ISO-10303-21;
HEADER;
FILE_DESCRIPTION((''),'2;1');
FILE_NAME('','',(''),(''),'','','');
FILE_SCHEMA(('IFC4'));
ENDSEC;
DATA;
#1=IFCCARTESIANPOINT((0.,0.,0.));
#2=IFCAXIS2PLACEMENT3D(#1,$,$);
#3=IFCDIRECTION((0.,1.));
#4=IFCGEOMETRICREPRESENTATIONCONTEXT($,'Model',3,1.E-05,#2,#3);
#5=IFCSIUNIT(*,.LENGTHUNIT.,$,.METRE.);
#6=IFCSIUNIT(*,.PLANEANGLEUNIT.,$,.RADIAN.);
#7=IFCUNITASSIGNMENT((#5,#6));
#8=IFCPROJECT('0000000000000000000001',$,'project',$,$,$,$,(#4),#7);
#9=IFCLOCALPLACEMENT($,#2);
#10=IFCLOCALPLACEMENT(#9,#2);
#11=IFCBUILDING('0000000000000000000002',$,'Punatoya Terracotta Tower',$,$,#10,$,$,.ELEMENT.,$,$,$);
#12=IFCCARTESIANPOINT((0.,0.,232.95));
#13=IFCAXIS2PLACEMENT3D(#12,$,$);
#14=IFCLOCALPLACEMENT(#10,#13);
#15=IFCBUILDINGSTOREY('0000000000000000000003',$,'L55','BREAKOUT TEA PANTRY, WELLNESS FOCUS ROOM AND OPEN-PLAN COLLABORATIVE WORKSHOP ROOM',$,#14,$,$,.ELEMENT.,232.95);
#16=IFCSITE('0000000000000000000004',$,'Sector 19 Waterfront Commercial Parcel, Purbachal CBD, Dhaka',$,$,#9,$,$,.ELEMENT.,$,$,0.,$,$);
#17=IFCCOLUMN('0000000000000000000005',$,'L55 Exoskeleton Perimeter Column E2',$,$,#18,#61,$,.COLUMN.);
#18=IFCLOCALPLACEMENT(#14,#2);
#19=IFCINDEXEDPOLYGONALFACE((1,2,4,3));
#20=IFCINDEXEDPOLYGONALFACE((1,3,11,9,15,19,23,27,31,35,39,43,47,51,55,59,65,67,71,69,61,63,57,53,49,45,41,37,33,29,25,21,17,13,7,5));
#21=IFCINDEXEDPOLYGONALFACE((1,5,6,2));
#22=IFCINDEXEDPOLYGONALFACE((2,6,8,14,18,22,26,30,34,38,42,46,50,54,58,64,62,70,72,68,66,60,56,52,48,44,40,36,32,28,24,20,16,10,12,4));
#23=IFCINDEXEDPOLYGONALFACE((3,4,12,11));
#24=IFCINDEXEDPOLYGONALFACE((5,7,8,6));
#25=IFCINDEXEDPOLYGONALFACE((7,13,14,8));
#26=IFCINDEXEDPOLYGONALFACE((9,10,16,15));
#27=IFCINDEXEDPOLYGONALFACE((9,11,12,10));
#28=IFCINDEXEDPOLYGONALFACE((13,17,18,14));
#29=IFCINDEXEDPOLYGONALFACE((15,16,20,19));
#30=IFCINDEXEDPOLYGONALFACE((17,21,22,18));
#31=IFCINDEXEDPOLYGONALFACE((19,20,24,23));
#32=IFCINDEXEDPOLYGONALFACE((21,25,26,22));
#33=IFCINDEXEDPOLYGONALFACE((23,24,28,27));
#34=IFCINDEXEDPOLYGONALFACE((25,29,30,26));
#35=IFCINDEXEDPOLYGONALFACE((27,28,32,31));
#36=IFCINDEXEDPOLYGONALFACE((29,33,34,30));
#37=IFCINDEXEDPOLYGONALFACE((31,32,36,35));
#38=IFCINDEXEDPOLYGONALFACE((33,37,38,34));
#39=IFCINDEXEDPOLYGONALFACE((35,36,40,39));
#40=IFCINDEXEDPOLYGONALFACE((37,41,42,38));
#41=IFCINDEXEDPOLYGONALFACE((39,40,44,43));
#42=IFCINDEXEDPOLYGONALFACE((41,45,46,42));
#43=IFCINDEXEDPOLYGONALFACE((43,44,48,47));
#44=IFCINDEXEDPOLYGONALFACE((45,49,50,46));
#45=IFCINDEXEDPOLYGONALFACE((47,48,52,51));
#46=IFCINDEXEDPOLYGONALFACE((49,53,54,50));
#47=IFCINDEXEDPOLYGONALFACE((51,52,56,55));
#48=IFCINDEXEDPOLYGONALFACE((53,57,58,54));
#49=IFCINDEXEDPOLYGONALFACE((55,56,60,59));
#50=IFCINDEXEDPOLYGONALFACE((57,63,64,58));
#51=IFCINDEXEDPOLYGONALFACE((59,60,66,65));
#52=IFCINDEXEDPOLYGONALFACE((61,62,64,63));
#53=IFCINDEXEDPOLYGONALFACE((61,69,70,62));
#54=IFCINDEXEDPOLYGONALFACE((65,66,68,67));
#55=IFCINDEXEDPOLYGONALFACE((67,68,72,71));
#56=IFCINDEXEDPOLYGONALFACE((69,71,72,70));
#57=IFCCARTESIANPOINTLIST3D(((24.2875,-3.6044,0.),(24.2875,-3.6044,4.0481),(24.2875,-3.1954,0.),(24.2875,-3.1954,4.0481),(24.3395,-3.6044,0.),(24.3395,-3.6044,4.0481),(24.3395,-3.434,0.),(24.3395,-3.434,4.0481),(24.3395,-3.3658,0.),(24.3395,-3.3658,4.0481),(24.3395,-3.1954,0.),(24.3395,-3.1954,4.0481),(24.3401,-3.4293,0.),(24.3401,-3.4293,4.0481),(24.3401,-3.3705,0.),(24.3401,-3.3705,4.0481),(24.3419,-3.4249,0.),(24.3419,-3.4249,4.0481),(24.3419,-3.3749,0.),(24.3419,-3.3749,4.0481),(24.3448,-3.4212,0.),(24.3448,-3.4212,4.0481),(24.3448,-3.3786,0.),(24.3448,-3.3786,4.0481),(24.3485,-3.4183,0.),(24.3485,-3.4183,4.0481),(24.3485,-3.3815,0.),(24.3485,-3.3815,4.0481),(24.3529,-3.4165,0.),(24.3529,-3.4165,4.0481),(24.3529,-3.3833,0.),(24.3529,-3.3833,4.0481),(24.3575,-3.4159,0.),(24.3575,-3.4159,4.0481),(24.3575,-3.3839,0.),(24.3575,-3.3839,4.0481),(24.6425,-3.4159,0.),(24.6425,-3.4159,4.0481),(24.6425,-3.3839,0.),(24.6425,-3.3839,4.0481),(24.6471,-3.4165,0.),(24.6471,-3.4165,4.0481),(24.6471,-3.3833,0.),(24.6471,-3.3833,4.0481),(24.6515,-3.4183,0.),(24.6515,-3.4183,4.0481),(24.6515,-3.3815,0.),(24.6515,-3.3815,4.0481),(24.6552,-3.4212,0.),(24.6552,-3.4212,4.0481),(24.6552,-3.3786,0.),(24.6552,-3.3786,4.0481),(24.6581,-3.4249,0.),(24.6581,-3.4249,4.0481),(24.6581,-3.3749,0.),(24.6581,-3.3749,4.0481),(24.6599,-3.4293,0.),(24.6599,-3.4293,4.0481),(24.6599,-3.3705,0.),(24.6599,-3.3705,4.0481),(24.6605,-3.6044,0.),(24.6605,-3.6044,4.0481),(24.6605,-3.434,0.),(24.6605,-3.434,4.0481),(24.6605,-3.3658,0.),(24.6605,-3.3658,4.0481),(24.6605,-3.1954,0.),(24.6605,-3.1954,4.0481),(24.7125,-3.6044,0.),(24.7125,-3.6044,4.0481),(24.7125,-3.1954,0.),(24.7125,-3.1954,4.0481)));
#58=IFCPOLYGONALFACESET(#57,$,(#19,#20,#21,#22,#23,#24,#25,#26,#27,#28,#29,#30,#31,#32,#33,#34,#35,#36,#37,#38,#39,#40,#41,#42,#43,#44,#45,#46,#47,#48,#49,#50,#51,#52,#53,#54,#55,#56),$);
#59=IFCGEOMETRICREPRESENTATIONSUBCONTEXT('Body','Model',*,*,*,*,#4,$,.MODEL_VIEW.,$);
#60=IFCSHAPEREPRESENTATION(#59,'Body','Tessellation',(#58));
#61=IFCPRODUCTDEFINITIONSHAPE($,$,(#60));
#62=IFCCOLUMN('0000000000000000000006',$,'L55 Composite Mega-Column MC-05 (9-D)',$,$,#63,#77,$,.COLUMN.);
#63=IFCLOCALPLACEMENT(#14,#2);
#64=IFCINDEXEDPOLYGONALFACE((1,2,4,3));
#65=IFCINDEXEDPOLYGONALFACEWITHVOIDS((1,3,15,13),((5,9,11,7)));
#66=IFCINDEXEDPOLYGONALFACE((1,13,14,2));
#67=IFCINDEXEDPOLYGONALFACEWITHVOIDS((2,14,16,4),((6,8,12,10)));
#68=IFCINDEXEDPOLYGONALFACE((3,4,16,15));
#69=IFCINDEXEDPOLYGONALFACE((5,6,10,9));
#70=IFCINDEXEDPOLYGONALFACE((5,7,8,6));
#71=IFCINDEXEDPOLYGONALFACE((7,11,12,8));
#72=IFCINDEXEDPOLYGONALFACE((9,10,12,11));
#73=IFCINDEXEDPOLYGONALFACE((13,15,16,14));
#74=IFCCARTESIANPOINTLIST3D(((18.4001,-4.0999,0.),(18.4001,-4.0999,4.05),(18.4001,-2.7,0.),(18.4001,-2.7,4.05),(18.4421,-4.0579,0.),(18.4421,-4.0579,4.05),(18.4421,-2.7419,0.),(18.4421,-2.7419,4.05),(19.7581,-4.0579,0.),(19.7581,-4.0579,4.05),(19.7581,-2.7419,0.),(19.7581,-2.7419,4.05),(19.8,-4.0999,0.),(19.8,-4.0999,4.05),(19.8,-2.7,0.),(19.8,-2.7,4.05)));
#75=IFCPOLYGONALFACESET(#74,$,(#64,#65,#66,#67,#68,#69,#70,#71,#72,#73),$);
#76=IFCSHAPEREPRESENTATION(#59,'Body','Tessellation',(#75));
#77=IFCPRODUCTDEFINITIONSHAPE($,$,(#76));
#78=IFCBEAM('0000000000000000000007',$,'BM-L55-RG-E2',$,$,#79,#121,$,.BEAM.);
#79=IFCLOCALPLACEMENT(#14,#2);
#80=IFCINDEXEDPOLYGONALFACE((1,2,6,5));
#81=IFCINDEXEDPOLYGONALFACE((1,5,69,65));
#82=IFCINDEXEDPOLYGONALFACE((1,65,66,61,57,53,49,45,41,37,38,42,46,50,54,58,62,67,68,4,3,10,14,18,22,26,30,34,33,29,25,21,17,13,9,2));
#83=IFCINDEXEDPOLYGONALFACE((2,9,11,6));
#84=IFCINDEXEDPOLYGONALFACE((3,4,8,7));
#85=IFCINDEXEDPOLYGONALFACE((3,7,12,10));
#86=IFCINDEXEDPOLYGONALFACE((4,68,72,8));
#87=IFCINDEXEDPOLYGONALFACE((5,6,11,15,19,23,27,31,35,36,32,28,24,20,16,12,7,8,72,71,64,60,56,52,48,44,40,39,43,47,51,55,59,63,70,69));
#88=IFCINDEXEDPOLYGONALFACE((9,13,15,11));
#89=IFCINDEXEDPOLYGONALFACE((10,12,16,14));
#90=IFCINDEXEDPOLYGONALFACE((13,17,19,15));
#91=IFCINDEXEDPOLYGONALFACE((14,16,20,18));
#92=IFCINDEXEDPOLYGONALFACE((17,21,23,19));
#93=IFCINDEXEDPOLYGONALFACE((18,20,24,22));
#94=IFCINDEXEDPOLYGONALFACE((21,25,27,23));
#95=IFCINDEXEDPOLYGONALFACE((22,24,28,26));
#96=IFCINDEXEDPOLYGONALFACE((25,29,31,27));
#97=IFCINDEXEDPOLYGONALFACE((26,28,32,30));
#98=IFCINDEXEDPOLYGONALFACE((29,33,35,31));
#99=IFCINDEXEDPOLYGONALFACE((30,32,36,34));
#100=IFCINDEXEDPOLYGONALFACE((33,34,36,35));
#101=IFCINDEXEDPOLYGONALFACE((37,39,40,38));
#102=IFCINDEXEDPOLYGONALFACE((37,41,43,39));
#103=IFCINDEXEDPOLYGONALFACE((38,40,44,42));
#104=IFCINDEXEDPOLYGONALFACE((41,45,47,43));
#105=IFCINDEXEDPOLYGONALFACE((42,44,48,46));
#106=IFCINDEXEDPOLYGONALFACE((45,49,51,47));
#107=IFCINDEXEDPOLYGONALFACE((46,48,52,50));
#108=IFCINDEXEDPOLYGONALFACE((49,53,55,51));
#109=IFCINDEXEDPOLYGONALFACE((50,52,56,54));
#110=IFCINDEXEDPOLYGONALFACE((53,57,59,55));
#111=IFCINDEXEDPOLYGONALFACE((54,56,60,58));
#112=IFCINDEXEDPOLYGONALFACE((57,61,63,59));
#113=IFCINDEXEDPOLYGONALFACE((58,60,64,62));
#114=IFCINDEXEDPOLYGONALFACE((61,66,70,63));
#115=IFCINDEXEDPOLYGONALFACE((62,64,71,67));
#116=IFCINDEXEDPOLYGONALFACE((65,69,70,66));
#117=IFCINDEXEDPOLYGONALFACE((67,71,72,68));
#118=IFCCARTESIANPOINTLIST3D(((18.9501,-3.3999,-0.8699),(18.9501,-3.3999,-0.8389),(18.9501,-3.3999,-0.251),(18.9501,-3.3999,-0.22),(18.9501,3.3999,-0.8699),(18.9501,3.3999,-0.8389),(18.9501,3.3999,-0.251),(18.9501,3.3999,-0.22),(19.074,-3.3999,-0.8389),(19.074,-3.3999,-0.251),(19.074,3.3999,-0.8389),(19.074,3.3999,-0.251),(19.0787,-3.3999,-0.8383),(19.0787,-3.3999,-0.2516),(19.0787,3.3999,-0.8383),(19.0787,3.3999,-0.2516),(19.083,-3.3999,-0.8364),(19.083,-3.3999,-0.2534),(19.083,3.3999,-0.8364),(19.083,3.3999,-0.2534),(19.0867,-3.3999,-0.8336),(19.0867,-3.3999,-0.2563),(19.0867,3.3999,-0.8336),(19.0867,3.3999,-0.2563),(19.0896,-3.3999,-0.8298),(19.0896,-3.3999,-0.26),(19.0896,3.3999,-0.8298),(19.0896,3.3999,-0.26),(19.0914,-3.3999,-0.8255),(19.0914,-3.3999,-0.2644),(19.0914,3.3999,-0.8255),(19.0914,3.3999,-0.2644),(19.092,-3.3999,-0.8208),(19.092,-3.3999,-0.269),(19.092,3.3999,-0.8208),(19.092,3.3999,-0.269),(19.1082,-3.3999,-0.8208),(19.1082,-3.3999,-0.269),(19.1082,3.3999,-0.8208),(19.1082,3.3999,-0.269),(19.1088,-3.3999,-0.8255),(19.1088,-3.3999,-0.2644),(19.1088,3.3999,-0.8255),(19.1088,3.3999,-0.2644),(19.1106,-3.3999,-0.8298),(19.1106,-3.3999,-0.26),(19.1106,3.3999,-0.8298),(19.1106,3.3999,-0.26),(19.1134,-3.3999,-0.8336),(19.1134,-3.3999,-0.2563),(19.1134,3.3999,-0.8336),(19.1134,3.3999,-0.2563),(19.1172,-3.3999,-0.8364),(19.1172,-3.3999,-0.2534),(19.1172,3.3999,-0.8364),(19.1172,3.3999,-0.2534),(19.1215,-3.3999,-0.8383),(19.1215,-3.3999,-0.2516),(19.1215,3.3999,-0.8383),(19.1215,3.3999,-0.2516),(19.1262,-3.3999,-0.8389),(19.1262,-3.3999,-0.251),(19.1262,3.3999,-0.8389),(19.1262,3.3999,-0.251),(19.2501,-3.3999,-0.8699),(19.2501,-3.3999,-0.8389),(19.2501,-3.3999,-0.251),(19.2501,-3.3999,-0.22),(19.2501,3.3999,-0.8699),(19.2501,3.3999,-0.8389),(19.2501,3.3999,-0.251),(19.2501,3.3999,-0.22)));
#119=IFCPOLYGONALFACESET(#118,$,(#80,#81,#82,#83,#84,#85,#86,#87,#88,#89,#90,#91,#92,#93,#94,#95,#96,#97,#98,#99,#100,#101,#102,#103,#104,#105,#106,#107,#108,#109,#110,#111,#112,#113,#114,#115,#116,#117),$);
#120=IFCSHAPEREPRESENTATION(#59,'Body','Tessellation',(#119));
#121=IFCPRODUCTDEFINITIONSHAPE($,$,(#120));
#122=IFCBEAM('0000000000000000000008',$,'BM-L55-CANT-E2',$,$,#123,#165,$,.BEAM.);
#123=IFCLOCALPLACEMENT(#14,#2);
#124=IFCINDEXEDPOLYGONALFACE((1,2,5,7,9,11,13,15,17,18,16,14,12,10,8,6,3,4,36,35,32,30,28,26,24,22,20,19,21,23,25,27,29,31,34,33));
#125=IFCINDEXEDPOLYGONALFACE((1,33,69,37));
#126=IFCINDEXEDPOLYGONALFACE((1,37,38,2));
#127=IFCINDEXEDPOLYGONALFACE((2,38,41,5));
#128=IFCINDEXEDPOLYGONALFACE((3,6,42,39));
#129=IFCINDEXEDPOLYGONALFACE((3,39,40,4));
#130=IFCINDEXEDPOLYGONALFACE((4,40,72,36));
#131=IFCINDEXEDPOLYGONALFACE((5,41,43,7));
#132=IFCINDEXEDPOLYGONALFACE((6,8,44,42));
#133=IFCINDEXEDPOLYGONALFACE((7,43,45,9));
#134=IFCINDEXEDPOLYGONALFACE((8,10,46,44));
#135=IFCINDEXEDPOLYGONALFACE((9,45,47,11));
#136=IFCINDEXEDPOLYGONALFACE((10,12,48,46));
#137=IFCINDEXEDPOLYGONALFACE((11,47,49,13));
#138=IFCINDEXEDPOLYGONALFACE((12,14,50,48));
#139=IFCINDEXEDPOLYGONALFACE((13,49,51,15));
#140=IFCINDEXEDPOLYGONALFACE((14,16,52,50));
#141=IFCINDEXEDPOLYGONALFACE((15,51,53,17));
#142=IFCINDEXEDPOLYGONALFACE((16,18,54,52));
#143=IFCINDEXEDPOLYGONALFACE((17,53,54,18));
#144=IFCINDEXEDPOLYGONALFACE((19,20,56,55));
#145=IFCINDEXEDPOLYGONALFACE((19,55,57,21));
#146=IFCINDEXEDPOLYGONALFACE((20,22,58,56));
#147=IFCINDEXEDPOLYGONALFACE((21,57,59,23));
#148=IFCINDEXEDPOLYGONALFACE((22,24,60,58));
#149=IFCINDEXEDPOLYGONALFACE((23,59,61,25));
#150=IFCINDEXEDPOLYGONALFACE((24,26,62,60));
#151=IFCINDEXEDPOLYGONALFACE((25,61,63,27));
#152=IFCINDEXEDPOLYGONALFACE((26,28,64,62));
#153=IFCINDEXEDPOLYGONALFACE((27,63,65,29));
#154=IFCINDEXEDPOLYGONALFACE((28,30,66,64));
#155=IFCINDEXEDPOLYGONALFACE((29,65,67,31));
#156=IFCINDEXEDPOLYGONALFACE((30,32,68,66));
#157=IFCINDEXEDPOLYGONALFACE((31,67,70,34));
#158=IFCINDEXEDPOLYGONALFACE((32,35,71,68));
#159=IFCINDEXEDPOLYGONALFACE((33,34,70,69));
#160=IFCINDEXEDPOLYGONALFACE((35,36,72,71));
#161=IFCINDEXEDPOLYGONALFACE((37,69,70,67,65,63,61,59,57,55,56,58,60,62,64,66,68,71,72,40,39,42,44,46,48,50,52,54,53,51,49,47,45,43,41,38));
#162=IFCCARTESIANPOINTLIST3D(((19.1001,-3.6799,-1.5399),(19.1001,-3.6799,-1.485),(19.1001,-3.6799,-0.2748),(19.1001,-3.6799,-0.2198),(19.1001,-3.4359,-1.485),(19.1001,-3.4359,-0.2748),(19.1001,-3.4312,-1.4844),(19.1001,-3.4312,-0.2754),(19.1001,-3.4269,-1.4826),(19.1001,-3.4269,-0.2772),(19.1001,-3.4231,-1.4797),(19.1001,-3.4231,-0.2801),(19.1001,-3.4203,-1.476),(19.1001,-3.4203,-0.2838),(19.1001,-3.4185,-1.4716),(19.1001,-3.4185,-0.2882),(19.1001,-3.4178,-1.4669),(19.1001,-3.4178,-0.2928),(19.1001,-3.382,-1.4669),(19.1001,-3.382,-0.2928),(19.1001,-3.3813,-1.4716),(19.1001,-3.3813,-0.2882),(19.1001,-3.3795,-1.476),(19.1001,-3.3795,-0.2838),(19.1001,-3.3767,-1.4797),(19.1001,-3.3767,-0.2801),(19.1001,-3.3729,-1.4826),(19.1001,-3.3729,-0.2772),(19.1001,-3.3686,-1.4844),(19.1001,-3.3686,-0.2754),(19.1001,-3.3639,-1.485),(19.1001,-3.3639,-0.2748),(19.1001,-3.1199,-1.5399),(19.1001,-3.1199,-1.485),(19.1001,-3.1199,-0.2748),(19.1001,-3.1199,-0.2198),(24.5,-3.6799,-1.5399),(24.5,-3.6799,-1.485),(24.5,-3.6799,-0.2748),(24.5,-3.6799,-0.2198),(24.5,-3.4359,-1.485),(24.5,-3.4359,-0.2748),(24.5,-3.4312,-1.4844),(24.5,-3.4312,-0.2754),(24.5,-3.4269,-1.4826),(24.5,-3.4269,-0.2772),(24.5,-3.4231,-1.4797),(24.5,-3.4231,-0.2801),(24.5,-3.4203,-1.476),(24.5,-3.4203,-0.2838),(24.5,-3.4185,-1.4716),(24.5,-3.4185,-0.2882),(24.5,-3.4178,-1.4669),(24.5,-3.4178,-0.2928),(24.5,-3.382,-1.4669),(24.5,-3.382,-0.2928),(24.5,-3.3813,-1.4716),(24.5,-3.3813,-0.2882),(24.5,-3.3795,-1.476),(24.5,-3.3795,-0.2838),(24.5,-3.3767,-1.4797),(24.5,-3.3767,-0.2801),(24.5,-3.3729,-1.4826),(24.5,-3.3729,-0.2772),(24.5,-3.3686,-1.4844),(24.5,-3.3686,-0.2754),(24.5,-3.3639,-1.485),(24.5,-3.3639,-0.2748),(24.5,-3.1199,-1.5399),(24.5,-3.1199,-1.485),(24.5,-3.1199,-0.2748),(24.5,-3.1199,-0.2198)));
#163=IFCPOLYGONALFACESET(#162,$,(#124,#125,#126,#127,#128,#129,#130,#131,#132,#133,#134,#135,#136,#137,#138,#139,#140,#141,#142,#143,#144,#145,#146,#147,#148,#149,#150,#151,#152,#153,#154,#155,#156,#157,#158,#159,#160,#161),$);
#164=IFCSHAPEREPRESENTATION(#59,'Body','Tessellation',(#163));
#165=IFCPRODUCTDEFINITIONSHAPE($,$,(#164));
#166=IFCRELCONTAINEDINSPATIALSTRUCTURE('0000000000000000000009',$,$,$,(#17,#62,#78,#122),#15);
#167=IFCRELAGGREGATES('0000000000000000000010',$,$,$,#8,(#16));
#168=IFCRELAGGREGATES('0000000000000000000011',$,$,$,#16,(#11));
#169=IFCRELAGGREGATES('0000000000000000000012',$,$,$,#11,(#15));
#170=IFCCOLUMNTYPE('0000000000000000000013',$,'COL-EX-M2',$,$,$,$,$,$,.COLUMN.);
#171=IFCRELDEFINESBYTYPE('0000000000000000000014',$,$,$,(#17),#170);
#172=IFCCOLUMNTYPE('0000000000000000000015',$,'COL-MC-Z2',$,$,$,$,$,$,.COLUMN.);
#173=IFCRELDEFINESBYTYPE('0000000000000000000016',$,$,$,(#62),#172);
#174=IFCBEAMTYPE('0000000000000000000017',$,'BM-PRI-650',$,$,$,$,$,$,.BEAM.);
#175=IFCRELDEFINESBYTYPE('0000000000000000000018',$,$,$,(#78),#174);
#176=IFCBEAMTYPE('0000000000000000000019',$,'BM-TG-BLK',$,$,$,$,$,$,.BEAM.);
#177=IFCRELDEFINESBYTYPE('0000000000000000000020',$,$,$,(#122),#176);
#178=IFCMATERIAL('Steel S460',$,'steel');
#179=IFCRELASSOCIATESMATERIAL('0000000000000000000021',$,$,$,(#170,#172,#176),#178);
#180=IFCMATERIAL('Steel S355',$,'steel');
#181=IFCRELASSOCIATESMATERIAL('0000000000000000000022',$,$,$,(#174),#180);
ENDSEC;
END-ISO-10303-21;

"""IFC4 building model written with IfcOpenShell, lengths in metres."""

from ifc_helpers import new_model, si_unit, direction, frame, origin, origin_2d, place, context, subcontext, project, spatial, hollow_rectangle, i_section, extrude, material, material_profile, profile_set, type_object, element, save


model = new_model("IFC4")

# Units and contexts
model_context = context("Model", 3, precision=1e-05, world=origin(), true_north=direction((0.0, 1.0)))
body_context = subcontext(model_context, "Body", "Model", "MODEL_VIEW")
ifc_project = project(units=[si_unit("LENGTHUNIT", "METRE"), si_unit("PLANEANGLEUNIT", "RADIAN")], contexts=[model_context])

# Site, building, storey
site_placement = place(None, origin())
site = spatial("IfcSite", under=ifc_project, at=site_placement, Name="Sector 19 Waterfront Commercial Parcel, Purbachal CBD, Dhaka", CompositionType="ELEMENT", RefElevation=0.0)
building_placement = place(site_placement, origin())
building = spatial("IfcBuilding", under=site, at=building_placement, Name="Punatoya Terracotta Tower", CompositionType="ELEMENT")
storey_placement = place(building_placement, frame((0.0, 0.0, 232.95)))
storey = spatial("IfcBuildingStorey", under=building, at=storey_placement, Name="L55", Description="BREAKOUT TEA PANTRY, WELLNESS FOCUS ROOM AND OPEN-PLAN COLLABORATIVE WORKSHOP ROOM", CompositionType="ELEMENT", Elevation=232.95)

# Columns
ifc_material_1 = material(Name="Steel S460", Category="steel")
ifc_material_profile_1 = material_profile(ifc_material_1, i_section(OverallWidth=0.4089, OverallDepth=0.425, WebThickness=0.032, FlangeThickness=0.052, FilletRadius=0.0181, at=origin_2d()))
ifc_profile_set_1 = profile_set([ifc_material_profile_1], Name="Steel S460")
column_type_1 = type_object("IfcColumnType", Name="COL-EX-M2", PredefinedType="COLUMN", material=ifc_profile_set_1)
column_1_placement = place(storey_placement, frame((24.5, -3.3999, 0.0), z_axis=(0.0, 0.0, 1.0), x_axis=(0.0, 1.0, 0.0)))
element("IfcColumn", 1, at=column_1_placement, inside=storey, type_object=column_type_1, Name="L55 Exoskeleton Perimeter Column E2", PredefinedType="COLUMN", context=body_context, shape_type="SweptSolid", body=[
    extrude(i_section(OverallWidth=0.4089, OverallDepth=0.425, WebThickness=0.032, FlangeThickness=0.052, FilletRadius=0.0181, at=origin_2d()), origin(), (0.0, 0.0, 1.0), 4.0481),
])
ifc_material_profile_2 = material_profile(ifc_material_1, hollow_rectangle(XDim=1.3999, YDim=1.3999, WallThickness=0.042, at=origin_2d()))
ifc_profile_set_2 = profile_set([ifc_material_profile_2], Name="Steel S460")
column_type_2 = type_object("IfcColumnType", Name="COL-MC-Z2", PredefinedType="COLUMN", material=ifc_profile_set_2)
column_2_placement = place(storey_placement, frame((19.1001, -3.3999, 0.0), z_axis=(0.0, 0.0, 1.0), x_axis=(1.0, 0.0, 0.0)))
element("IfcColumn", 2, at=column_2_placement, inside=storey, type_object=column_type_2, Name="L55 Composite Mega-Column MC-05 (9-D)", PredefinedType="COLUMN", context=body_context, shape_type="SweptSolid", body=[
    extrude(hollow_rectangle(XDim=1.3999, YDim=1.3999, WallThickness=0.042, at=origin_2d()), origin(), (0.0, 0.0, 1.0), 4.05),
])

# Beams
ifc_material_2 = material(Name="Steel S355", Category="steel")
ifc_material_profile_3 = material_profile(ifc_material_2, i_section(OverallWidth=0.3, OverallDepth=0.6499, WebThickness=0.0161, FlangeThickness=0.031, FilletRadius=0.0181, at=origin_2d()))
ifc_profile_set_3 = profile_set([ifc_material_profile_3], Name="Steel S355")
beam_type_1 = type_object("IfcBeamType", Name="BM-PRI-650", PredefinedType="BEAM", material=ifc_profile_set_3)
beam_1_placement = place(storey_placement, frame((19.1001, -3.3999, -0.5449), z_axis=(0.0, 1.0, 0.0), x_axis=(-1.0, 0.0, 0.0)))
element("IfcBeam", 3, at=beam_1_placement, inside=storey, type_object=beam_type_1, Name="BM-L55-RG-E2", PredefinedType="BEAM", context=body_context, shape_type="SweptSolid", body=[
    extrude(i_section(OverallWidth=0.3, OverallDepth=0.6499, WebThickness=0.0161, FlangeThickness=0.031, FilletRadius=0.0181, at=origin_2d()), origin(), (0.0, 0.0, 1.0), 6.7998),
])
ifc_material_profile_4 = material_profile(ifc_material_1, i_section(OverallWidth=0.5601, OverallDepth=1.3201, WebThickness=0.0359, FlangeThickness=0.0549, FilletRadius=0.0181, at=origin_2d()))
ifc_profile_set_4 = profile_set([ifc_material_profile_4], Name="Steel S460")
beam_type_2 = type_object("IfcBeamType", Name="BM-TG-BLK", PredefinedType="BEAM", material=ifc_profile_set_4)
beam_2_placement = place(storey_placement, frame((19.1001, -3.3999, -0.8799), z_axis=(1.0, 0.0, 0.0), x_axis=(0.0, 1.0, 0.0)))
element("IfcBeam", 4, at=beam_2_placement, inside=storey, type_object=beam_type_2, Name="BM-L55-CANT-E2", PredefinedType="BEAM", context=body_context, shape_type="SweptSolid", body=[
    extrude(i_section(OverallWidth=0.5601, OverallDepth=1.3201, WebThickness=0.0359, FlangeThickness=0.0549, FilletRadius=0.0181, at=origin_2d()), origin(), (0.0, 0.0, 1.0), 5.3999),
])

save(model, "model.ifc")
